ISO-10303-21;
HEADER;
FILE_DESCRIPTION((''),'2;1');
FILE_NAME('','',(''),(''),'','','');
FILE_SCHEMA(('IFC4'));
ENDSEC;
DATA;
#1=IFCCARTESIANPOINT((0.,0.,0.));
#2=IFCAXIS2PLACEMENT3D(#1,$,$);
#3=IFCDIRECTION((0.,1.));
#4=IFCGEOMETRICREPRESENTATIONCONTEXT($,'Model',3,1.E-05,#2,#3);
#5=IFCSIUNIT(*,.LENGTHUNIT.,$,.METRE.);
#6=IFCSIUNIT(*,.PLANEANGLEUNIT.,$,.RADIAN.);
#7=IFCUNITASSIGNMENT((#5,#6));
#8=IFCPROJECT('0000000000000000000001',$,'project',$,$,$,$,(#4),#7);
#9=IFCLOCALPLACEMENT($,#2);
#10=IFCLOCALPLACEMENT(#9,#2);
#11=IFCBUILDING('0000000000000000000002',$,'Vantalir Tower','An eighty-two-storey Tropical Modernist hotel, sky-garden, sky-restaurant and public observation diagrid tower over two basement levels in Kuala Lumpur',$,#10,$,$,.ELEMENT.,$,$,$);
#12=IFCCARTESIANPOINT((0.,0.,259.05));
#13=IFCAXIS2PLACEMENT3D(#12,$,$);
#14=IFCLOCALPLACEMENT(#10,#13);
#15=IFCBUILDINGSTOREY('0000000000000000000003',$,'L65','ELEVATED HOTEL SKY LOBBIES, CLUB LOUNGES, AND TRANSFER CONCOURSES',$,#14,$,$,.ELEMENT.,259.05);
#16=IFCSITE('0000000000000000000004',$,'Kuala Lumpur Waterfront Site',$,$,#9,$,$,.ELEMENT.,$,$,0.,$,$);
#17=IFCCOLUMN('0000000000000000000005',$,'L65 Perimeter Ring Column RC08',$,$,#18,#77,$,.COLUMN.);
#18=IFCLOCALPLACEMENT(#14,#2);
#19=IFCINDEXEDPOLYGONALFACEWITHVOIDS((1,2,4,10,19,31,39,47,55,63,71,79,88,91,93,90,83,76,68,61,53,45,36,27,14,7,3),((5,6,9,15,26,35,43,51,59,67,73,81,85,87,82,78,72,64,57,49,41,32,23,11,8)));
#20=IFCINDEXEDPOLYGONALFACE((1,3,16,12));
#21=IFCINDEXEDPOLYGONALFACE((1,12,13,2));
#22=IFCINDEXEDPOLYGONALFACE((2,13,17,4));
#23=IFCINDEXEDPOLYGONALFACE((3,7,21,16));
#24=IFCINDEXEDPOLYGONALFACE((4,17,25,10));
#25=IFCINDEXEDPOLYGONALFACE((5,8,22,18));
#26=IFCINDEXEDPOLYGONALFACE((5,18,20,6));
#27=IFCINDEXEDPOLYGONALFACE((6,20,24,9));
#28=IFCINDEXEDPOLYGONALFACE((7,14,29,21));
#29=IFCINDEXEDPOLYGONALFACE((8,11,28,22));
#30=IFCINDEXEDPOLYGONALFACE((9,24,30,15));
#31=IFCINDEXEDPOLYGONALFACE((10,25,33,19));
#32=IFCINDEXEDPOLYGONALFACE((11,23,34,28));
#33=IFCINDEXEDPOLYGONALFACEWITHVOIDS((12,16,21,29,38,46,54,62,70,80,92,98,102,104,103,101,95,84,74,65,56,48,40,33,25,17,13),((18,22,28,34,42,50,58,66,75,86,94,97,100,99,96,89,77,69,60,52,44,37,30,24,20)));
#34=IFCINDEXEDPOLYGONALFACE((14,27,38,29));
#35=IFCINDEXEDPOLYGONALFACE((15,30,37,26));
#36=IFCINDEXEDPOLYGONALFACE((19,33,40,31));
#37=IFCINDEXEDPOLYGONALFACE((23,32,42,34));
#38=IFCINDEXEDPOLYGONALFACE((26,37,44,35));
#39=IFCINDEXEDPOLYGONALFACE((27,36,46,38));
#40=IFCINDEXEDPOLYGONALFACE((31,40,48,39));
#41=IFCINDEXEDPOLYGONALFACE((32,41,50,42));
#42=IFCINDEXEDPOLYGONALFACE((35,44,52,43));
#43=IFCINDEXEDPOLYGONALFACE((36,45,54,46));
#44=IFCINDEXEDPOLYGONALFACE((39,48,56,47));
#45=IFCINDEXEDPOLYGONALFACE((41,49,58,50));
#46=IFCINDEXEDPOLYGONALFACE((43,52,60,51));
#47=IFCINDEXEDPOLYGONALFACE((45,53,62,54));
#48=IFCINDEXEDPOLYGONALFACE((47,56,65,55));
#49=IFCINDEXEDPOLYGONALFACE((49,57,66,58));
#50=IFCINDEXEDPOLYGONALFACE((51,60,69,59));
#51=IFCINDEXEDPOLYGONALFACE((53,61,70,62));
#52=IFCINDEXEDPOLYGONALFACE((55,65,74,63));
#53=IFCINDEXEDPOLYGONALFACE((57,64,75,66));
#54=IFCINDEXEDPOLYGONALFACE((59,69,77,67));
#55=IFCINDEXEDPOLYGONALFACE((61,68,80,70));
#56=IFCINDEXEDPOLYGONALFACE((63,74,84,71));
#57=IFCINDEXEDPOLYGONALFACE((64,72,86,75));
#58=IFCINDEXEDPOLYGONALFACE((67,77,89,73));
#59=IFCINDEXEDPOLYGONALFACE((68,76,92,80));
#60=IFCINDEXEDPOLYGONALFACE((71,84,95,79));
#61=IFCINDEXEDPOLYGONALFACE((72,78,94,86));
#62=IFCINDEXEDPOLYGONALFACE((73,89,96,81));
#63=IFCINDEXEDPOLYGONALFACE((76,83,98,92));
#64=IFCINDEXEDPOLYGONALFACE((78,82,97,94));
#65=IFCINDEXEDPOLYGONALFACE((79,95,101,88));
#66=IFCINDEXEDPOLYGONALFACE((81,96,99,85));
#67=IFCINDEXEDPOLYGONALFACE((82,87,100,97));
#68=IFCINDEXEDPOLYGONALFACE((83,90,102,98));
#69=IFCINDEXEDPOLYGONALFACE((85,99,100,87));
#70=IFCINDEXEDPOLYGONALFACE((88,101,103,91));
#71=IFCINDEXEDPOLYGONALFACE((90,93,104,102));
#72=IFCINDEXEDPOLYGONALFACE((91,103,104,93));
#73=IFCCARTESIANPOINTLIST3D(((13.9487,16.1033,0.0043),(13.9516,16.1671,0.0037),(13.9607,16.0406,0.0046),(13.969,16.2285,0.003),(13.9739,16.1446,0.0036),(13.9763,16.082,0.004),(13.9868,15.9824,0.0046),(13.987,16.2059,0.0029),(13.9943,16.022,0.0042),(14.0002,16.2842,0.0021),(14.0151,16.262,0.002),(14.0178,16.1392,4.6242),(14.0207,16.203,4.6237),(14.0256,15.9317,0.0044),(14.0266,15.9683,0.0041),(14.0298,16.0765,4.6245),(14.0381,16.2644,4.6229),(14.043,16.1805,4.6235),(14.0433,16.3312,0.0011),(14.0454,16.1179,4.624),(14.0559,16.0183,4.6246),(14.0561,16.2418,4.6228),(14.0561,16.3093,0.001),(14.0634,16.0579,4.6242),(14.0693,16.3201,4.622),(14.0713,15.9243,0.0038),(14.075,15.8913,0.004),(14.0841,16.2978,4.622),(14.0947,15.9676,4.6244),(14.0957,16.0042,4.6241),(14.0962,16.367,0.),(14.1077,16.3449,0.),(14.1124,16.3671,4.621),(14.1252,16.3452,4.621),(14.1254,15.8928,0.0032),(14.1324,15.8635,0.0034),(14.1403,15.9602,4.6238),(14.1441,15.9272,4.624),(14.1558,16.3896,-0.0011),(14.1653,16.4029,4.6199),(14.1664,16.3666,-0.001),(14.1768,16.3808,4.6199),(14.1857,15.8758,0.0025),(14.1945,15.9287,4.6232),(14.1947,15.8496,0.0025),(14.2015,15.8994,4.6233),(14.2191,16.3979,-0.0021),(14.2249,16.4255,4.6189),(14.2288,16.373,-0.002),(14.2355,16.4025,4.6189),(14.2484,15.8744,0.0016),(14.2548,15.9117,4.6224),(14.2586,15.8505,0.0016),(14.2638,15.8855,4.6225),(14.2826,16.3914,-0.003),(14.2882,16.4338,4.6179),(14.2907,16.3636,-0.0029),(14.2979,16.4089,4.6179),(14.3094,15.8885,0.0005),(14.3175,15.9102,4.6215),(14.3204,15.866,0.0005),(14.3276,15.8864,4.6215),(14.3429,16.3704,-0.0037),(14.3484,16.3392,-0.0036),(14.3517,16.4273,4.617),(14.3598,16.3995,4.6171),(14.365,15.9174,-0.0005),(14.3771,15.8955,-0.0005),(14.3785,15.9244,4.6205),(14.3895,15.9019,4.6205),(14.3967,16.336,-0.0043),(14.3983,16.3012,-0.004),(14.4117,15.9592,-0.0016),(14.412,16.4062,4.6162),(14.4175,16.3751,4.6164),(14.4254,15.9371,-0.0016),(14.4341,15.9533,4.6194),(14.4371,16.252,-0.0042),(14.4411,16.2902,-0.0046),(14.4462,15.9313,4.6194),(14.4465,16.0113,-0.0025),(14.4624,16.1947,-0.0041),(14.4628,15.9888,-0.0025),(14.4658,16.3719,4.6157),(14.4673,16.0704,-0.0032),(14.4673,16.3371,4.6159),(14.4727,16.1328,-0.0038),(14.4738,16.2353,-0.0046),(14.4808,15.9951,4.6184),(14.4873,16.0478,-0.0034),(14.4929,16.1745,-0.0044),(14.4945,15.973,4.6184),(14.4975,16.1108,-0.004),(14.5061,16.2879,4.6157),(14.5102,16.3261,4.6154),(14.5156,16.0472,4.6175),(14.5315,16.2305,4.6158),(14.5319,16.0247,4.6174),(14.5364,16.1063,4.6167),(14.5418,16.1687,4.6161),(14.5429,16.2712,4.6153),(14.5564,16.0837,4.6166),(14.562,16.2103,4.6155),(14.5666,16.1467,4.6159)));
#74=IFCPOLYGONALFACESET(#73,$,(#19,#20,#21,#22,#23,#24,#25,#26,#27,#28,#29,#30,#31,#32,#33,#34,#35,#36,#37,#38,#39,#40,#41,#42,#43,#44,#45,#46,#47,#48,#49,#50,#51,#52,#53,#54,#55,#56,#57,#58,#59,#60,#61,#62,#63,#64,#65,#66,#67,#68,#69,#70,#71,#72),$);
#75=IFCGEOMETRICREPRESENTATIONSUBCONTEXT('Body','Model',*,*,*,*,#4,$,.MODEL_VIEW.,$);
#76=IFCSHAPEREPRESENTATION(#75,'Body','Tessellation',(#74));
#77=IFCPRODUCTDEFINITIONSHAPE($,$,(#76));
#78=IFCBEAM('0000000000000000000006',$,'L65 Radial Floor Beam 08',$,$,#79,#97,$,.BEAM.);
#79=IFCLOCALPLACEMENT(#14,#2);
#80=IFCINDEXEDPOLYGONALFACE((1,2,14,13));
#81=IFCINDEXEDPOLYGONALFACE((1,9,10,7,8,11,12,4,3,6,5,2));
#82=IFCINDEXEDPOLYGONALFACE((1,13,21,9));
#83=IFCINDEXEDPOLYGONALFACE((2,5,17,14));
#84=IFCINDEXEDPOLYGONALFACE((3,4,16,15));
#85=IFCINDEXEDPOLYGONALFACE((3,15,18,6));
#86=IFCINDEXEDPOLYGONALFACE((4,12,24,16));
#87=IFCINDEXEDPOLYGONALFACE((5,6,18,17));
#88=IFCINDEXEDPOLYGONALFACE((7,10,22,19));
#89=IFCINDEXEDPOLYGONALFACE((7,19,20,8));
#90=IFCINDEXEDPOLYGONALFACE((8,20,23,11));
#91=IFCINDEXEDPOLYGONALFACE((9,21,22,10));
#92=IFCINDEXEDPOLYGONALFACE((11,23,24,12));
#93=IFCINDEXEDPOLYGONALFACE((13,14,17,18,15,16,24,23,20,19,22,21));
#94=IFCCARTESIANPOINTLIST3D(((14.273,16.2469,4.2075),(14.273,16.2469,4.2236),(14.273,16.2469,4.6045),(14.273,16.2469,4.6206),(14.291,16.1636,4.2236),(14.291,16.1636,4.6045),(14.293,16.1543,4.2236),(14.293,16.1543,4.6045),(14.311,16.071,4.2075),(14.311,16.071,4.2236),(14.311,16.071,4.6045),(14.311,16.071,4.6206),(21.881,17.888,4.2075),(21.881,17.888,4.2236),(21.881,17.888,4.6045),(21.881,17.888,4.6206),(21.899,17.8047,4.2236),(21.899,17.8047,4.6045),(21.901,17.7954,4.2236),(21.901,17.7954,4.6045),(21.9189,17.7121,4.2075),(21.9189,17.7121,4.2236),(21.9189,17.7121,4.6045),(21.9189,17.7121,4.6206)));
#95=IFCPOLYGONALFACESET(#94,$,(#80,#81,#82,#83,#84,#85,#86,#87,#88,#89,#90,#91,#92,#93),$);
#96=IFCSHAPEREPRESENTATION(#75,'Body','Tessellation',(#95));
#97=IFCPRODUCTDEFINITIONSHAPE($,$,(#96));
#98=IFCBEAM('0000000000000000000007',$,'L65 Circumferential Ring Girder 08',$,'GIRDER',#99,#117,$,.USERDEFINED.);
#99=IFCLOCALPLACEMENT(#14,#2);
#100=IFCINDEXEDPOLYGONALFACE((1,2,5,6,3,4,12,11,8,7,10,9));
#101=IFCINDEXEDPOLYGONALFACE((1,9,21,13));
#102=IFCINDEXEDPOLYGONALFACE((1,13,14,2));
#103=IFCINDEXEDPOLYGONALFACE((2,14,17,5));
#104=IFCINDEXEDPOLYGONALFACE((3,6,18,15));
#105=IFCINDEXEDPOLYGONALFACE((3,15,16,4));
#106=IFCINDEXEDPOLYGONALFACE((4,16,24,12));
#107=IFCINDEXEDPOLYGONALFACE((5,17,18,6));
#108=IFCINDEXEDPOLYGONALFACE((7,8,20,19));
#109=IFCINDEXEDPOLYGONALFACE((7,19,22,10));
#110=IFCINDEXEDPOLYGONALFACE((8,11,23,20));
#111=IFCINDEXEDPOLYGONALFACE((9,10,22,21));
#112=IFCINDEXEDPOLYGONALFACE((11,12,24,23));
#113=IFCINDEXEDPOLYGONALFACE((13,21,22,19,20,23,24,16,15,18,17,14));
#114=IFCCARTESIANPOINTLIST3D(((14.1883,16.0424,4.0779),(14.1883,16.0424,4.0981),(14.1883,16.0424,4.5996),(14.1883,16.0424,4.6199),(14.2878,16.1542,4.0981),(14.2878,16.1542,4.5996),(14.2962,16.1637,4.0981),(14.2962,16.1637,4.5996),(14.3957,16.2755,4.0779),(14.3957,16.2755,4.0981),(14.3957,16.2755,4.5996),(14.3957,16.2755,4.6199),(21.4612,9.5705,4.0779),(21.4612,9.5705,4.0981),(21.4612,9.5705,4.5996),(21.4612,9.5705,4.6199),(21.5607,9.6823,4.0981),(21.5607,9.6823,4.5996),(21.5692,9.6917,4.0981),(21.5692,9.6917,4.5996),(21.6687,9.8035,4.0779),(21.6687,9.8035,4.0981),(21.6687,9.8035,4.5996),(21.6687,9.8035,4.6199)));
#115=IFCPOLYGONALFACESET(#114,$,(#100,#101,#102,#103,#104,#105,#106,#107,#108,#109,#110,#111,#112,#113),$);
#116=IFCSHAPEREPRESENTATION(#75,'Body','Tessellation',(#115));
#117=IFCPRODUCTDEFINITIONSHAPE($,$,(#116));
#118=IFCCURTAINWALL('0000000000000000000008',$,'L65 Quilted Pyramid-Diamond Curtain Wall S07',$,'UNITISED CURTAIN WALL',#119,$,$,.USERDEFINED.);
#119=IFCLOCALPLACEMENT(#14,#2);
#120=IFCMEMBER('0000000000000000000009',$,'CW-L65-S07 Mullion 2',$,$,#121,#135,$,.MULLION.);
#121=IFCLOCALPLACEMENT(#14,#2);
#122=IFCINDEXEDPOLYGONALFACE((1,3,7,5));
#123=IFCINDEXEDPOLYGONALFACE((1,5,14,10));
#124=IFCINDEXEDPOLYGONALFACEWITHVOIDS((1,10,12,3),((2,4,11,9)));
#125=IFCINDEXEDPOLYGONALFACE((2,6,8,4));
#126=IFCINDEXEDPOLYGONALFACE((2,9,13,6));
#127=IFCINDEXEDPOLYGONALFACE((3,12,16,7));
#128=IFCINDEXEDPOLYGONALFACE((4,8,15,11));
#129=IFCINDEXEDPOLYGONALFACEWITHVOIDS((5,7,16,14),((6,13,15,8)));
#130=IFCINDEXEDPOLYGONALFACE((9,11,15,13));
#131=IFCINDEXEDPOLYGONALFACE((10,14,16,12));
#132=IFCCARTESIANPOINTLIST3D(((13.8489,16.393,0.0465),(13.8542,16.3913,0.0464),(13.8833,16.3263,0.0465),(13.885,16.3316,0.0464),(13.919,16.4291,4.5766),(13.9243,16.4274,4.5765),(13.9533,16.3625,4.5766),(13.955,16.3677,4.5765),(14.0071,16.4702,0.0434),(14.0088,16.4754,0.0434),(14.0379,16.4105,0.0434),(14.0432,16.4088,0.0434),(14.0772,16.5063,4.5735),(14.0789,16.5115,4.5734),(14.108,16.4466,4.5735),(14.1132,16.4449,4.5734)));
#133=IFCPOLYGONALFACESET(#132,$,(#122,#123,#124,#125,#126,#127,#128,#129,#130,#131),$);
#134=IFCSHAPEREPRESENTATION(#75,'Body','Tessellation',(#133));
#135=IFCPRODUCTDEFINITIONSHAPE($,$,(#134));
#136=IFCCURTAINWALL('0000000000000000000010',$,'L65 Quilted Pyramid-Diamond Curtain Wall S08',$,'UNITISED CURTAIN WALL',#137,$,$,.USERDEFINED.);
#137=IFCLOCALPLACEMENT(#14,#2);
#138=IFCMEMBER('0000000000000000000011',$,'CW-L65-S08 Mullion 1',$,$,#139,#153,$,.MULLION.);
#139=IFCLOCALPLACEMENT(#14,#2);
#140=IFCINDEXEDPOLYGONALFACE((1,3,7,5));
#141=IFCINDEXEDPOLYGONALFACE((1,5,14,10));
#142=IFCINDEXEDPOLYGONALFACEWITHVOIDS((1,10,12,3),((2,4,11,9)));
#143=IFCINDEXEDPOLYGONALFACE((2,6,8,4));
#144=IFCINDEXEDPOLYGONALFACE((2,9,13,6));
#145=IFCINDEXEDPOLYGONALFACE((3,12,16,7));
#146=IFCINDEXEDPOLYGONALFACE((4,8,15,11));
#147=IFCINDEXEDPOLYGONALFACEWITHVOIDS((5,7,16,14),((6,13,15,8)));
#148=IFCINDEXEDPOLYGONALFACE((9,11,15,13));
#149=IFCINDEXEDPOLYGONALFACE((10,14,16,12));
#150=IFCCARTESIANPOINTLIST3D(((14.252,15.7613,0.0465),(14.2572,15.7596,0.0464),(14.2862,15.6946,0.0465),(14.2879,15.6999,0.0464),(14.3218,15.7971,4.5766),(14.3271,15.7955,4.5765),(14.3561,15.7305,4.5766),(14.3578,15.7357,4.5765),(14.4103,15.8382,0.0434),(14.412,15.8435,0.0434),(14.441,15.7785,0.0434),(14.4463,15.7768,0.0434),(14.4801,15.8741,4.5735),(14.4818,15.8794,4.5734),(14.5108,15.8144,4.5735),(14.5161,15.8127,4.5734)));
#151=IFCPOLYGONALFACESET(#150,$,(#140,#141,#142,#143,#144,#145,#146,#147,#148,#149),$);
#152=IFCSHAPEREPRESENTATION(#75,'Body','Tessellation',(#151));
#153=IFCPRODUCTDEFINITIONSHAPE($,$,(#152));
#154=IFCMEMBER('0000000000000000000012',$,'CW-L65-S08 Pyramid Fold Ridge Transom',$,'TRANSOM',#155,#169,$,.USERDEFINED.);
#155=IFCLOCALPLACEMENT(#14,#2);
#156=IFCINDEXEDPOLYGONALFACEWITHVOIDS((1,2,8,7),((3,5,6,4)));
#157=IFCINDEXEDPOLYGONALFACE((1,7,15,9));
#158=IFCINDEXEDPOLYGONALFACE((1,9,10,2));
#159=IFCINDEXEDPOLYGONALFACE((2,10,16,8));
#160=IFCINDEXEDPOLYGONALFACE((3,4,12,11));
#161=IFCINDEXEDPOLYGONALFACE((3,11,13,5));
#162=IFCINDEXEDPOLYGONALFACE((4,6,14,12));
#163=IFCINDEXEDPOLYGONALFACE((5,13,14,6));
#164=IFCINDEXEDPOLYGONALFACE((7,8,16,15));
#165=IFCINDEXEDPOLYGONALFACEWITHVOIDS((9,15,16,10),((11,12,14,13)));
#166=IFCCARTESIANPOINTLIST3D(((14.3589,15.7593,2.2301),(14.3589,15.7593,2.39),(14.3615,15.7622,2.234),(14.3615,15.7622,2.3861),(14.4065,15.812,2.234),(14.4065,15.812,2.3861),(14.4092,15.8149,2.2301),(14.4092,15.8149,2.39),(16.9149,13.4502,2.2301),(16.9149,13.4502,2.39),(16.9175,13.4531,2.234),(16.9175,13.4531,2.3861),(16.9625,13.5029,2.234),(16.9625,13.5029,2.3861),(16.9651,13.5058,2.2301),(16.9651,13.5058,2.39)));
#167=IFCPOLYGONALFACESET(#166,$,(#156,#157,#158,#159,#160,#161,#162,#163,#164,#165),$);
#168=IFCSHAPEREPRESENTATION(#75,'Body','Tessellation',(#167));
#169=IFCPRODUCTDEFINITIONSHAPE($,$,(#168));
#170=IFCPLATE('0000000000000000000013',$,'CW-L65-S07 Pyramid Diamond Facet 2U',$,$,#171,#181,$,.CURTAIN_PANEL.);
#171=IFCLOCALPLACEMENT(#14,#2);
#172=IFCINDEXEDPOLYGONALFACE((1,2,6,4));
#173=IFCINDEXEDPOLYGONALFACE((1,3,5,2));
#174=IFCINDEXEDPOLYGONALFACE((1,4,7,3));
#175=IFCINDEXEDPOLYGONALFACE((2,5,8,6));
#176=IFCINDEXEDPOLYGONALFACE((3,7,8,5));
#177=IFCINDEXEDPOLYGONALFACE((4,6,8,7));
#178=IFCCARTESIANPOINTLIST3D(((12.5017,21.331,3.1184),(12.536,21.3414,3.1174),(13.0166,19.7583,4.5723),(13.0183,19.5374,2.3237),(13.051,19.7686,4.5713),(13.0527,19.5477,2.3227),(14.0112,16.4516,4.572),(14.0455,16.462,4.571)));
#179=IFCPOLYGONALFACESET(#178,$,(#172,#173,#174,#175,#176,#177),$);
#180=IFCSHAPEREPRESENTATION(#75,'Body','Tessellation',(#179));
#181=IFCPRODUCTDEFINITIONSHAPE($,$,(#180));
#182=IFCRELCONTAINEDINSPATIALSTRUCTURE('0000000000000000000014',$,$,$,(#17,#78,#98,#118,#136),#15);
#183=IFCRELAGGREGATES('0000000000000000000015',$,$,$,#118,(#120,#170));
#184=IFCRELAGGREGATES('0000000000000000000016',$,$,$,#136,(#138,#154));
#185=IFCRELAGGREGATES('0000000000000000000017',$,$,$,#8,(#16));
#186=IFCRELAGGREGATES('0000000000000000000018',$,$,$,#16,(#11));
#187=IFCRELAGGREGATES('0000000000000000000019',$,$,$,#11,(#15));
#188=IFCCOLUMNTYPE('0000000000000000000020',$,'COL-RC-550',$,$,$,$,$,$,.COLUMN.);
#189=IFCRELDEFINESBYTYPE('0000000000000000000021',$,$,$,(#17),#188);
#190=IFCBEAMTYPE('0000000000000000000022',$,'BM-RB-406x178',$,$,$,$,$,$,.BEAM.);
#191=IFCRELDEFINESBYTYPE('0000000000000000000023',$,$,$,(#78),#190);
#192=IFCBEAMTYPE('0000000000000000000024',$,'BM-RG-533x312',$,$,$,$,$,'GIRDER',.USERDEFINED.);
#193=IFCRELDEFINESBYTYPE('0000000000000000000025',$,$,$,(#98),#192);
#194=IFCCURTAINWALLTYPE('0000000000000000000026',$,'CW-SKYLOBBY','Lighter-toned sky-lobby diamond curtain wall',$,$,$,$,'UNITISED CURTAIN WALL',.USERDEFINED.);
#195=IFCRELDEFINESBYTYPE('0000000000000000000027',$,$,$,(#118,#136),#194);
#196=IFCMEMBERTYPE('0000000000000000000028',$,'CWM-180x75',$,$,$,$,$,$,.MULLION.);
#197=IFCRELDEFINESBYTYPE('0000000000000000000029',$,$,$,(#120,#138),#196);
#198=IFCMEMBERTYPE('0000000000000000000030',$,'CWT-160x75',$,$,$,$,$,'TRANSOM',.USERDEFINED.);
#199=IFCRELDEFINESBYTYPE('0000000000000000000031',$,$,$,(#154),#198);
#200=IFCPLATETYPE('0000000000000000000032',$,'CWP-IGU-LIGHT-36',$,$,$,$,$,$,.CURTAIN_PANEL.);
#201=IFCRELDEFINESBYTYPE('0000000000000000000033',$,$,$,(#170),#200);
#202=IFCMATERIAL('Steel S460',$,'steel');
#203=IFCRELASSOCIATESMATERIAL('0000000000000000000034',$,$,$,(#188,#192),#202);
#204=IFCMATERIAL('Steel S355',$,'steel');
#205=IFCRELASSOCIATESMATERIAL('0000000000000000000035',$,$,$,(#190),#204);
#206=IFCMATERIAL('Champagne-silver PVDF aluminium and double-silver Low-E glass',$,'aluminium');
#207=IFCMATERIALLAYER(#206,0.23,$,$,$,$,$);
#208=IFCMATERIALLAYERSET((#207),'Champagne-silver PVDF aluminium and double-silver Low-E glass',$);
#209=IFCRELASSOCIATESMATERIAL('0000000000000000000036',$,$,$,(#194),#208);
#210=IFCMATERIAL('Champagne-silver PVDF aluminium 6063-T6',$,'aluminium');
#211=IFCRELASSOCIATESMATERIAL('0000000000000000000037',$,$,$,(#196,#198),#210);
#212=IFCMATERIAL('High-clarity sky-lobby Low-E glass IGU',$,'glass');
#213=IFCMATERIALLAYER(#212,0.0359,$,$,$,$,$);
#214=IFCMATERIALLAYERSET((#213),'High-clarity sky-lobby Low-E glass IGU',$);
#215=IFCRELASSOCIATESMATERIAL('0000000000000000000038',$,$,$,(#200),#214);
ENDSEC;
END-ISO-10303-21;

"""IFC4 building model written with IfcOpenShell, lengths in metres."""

from ifc_helpers import new_model, si_unit, direction, frame, origin, origin_2d, place, context, subcontext, project, spatial, polyline, hollow_rectangle, hollow_circle, i_section, outline, extrude, material, layer, layer_set, material_profile, profile_set, type_object, element, aggregate, save


model = new_model("IFC4")

# Units and contexts
model_context = context("Model", 3, precision=1e-05, world=origin(), true_north=direction((0.0, 1.0)))
body_context = subcontext(model_context, "Body", "Model", "MODEL_VIEW")
ifc_project = project(units=[si_unit("LENGTHUNIT", "METRE"), si_unit("PLANEANGLEUNIT", "RADIAN")], contexts=[model_context])

# Site, building, storey
site_placement = place(None, origin())
site = spatial("IfcSite", under=ifc_project, at=site_placement, Name="Kuala Lumpur Waterfront Site", CompositionType="ELEMENT", RefElevation=0.0)
building_placement = place(site_placement, origin())
building = spatial("IfcBuilding", under=site, at=building_placement, Name="Vantalir Tower", Description="An eighty-two-storey Tropical Modernist hotel, sky-garden, sky-restaurant and public observation diagrid tower over two basement levels in Kuala Lumpur", CompositionType="ELEMENT")
storey_placement = place(building_placement, frame((0.0, 0.0, 259.05)))
storey = spatial("IfcBuildingStorey", under=building, at=storey_placement, Name="L65", Description="ELEVATED HOTEL SKY LOBBIES, CLUB LOUNGES, AND TRANSFER CONCOURSES", CompositionType="ELEMENT", Elevation=259.05)

# Column
ifc_material_1 = material(Name="Steel S460", Category="steel")
ifc_material_profile_1 = material_profile(ifc_material_1, hollow_circle(Radius=0.2749, WallThickness=0.0249, at=origin_2d()), Name="Steel S460")
ifc_profile_set_1 = profile_set([ifc_material_profile_1], Name="Steel S460")
column_type = type_object("IfcColumnType", Name="COL-RC-550", PredefinedType="COLUMN", material=ifc_profile_set_1)
column_placement = place(storey_placement, frame((14.2229, 16.123, 0.0), z_axis=(0.014953, 0.007767, 0.999858), x_axis=(-0.460958, 0.887422, 0.0)))
element("IfcColumn", 1, at=column_placement, inside=storey, type_object=column_type, Name="L65 Perimeter Ring Column RC08", PredefinedType="COLUMN", context=body_context, shape_type="SweptSolid", body=[
    extrude(hollow_circle(Radius=0.2749, WallThickness=0.0249, at=origin_2d()), origin(), (0.0, 0.0, 1.0), 4.6206),
])

# Beams
ifc_material_2 = material(Name="Steel S355", Category="steel")
ifc_material_profile_2 = material_profile(ifc_material_2, i_section(OverallWidth=0.1799, OverallDepth=0.4131, WebThickness=0.0095, FlangeThickness=0.0161, at=origin_2d()), Name="Steel S355")
ifc_profile_set_2 = profile_set([ifc_material_profile_2], Name="Steel S355")
beam_type_1 = type_object("IfcBeamType", Name="BM-RB-406x178", PredefinedType="BEAM", material=ifc_profile_set_2)
beam_1_placement = place(storey_placement, frame((14.292, 16.1589, 4.4141), z_axis=(0.977516, 0.210861, 0.0), x_axis=(-0.210861, 0.977516, 0.0)))
element("IfcBeam", 2, at=beam_1_placement, inside=storey, type_object=beam_type_1, Name="L65 Radial Floor Beam 08", PredefinedType="BEAM", context=body_context, shape_type="SweptSolid", body=[
    extrude(i_section(OverallWidth=0.1799, OverallDepth=0.4131, WebThickness=0.0095, FlangeThickness=0.0161, at=origin_2d()), origin(), (0.0, 0.0, 1.0), 7.783),
])
ifc_material_profile_3 = material_profile(ifc_material_1, i_section(OverallWidth=0.312, OverallDepth=0.542, WebThickness=0.0127, FlangeThickness=0.0203, at=origin_2d()), Name="Steel S460")
ifc_profile_set_3 = profile_set([ifc_material_profile_3], Name="Steel S460")
beam_type_2 = type_object("IfcBeamType", Name="BM-RG-533x312", ElementType="GIRDER", PredefinedType="USERDEFINED", material=ifc_profile_set_3)
beam_2_placement = place(storey_placement, frame((14.292, 16.1589, 4.3489), z_axis=(0.747048, -0.66477, 0.0), x_axis=(0.66477, 0.747048, 0.0)))
element("IfcBeam", 3, at=beam_2_placement, inside=storey, type_object=beam_type_2, Name="L65 Circumferential Ring Girder 08", ObjectType="GIRDER", PredefinedType="USERDEFINED", context=body_context, shape_type="SweptSolid", body=[
    extrude(i_section(OverallWidth=0.312, OverallDepth=0.542, WebThickness=0.0127, FlangeThickness=0.0203, at=origin_2d()), origin(), (0.0, 0.0, 1.0), 9.7356),
])

# Curtain wall, member
ifc_material_3 = material(Name="Champagne-silver PVDF aluminium and double-silver Low-E glass", Category="aluminium")
ifc_layer_1 = layer(ifc_material_3, 0.23)
ifc_layer_set_1 = layer_set([ifc_layer_1], Name="Champagne-silver PVDF aluminium and double-silver Low-E glass")
curtain_wall_type = type_object("IfcCurtainWallType", Name="CW-SKYLOBBY", Description="Lighter-toned sky-lobby diamond curtain wall", ElementType="UNITISED CURTAIN WALL", PredefinedType="USERDEFINED", material=ifc_layer_set_1)
curtain_wall_1_placement = place(storey_placement, origin())
curtain_wall_1 = element("IfcCurtainWall", 4, at=curtain_wall_1_placement, inside=storey, type_object=curtain_wall_type, Name="L65 Quilted Pyramid-Diamond Curtain Wall S07", ObjectType="UNITISED CURTAIN WALL", PredefinedType="USERDEFINED")
ifc_material_4 = material(Name="Champagne-silver PVDF aluminium 6063-T6", Category="aluminium")
ifc_material_profile_4 = material_profile(ifc_material_4, hollow_rectangle(XDim=0.075, YDim=0.1799, WallThickness=0.0039, at=origin_2d()), Name="Champagne-silver PVDF aluminium 6063-T6")
ifc_profile_set_4 = profile_set([ifc_material_profile_4], Name="Champagne-silver PVDF aluminium 6063-T6")
member_type_1 = type_object("IfcMemberType", Name="CWM-180x75", PredefinedType="MULLION", material=ifc_profile_set_4)
member_1_placement = place(storey_placement, frame((13.946, 16.4009, 0.0449), z_axis=(0.015465, 0.007975, 0.999849), x_axis=(-0.458327, 0.888783, 0.0)))
member_1 = element("IfcMember", 5, at=member_1_placement, type_object=member_type_1, Name="CW-L65-S07 Mullion 2", PredefinedType="MULLION", context=body_context, shape_type="SweptSolid", body=[
    extrude(hollow_rectangle(XDim=0.075, YDim=0.1799, WallThickness=0.0039, at=origin_2d()), origin(), (0.0, 0.0, 1.0), 4.5308),
])

# Curtain wall, members
curtain_wall_2_placement = place(storey_placement, origin())
curtain_wall_2 = element("IfcCurtainWall", 6, at=curtain_wall_2_placement, inside=storey, type_object=curtain_wall_type, Name="L65 Quilted Pyramid-Diamond Curtain Wall S08", ObjectType="UNITISED CURTAIN WALL", PredefinedType="USERDEFINED")
member_2_placement = place(storey_placement, frame((14.3491, 15.769, 0.0449), z_axis=(0.015411, 0.007921, 0.99985), x_axis=(-0.457137, 0.889396, 0.0)))
member_2 = element("IfcMember", 7, at=member_2_placement, type_object=member_type_1, Name="CW-L65-S08 Mullion 1", PredefinedType="MULLION", context=body_context, shape_type="SweptSolid", body=[
    extrude(hollow_rectangle(XDim=0.075, YDim=0.1799, WallThickness=0.0039, at=origin_2d()), origin(), (0.0, 0.0, 1.0), 4.5308),
])
ifc_material_profile_5 = material_profile(ifc_material_4, hollow_rectangle(XDim=0.075, YDim=0.1599, WallThickness=0.0039, at=origin_2d()), Name="Champagne-silver PVDF aluminium 6063-T6")
ifc_profile_set_5 = profile_set([ifc_material_profile_5], Name="Champagne-silver PVDF aluminium 6063-T6")
member_type_2 = type_object("IfcMemberType", Name="CWT-160x75", ElementType="TRANSOM", PredefinedType="USERDEFINED", material=ifc_profile_set_5)
member_3_placement = place(storey_placement, frame((14.384, 15.7871, 2.3101), z_axis=(0.742028, -0.670369, 0.0), x_axis=(0.670369, 0.742028, 0.0)))
member_3 = element("IfcMember", 8, at=member_3_placement, type_object=member_type_2, Name="CW-L65-S08 Pyramid Fold Ridge Transom", ObjectType="TRANSOM", PredefinedType="USERDEFINED", context=body_context, shape_type="SweptSolid", body=[
    extrude(hollow_rectangle(XDim=0.075, YDim=0.1599, WallThickness=0.0039, at=origin_2d()), origin(), (0.0, 0.0, 1.0), 3.4446),
])

# Plate
ifc_material_5 = material(Name="High-clarity sky-lobby Low-E glass IGU", Category="glass")
ifc_layer_2 = layer(ifc_material_5, 0.0359)
ifc_layer_set_2 = layer_set([ifc_layer_2], Name="High-clarity sky-lobby Low-E glass IGU")
plate_type_1 = type_object("IfcPlateType", Name="CWP-IGU-LIGHT-36", PredefinedType="CURTAIN_PANEL", material=ifc_layer_set_2)
plate_1_placement = place(storey_placement, frame((13.0166, 19.7583, 4.5723), z_axis=(-0.957254, -0.287931, 0.027565), x_axis=(0.288038, -0.957619, -0.00007)))
plate_1 = element("IfcPlate", 9, at=plate_1_placement, type_object=plate_type_1, Name="CW-L65-S07 Pyramid Diamond Facet 2U", PredefinedType="CURTAIN_PANEL", context=body_context, shape_type="SweptSolid", body=[
    extrude(outline(polyline([(0.0, 0.0), (3.453, 0.0), (0.2122, -2.2494), (-1.6543, -1.4545), (0.0, 0.0)])), origin(), (0.0, 0.0, -1.0), 0.0359),
])
aggregate(curtain_wall_1, [member_1, plate_1])
aggregate(curtain_wall_2, [member_2, member_3])

save(model, "model.ifc")
